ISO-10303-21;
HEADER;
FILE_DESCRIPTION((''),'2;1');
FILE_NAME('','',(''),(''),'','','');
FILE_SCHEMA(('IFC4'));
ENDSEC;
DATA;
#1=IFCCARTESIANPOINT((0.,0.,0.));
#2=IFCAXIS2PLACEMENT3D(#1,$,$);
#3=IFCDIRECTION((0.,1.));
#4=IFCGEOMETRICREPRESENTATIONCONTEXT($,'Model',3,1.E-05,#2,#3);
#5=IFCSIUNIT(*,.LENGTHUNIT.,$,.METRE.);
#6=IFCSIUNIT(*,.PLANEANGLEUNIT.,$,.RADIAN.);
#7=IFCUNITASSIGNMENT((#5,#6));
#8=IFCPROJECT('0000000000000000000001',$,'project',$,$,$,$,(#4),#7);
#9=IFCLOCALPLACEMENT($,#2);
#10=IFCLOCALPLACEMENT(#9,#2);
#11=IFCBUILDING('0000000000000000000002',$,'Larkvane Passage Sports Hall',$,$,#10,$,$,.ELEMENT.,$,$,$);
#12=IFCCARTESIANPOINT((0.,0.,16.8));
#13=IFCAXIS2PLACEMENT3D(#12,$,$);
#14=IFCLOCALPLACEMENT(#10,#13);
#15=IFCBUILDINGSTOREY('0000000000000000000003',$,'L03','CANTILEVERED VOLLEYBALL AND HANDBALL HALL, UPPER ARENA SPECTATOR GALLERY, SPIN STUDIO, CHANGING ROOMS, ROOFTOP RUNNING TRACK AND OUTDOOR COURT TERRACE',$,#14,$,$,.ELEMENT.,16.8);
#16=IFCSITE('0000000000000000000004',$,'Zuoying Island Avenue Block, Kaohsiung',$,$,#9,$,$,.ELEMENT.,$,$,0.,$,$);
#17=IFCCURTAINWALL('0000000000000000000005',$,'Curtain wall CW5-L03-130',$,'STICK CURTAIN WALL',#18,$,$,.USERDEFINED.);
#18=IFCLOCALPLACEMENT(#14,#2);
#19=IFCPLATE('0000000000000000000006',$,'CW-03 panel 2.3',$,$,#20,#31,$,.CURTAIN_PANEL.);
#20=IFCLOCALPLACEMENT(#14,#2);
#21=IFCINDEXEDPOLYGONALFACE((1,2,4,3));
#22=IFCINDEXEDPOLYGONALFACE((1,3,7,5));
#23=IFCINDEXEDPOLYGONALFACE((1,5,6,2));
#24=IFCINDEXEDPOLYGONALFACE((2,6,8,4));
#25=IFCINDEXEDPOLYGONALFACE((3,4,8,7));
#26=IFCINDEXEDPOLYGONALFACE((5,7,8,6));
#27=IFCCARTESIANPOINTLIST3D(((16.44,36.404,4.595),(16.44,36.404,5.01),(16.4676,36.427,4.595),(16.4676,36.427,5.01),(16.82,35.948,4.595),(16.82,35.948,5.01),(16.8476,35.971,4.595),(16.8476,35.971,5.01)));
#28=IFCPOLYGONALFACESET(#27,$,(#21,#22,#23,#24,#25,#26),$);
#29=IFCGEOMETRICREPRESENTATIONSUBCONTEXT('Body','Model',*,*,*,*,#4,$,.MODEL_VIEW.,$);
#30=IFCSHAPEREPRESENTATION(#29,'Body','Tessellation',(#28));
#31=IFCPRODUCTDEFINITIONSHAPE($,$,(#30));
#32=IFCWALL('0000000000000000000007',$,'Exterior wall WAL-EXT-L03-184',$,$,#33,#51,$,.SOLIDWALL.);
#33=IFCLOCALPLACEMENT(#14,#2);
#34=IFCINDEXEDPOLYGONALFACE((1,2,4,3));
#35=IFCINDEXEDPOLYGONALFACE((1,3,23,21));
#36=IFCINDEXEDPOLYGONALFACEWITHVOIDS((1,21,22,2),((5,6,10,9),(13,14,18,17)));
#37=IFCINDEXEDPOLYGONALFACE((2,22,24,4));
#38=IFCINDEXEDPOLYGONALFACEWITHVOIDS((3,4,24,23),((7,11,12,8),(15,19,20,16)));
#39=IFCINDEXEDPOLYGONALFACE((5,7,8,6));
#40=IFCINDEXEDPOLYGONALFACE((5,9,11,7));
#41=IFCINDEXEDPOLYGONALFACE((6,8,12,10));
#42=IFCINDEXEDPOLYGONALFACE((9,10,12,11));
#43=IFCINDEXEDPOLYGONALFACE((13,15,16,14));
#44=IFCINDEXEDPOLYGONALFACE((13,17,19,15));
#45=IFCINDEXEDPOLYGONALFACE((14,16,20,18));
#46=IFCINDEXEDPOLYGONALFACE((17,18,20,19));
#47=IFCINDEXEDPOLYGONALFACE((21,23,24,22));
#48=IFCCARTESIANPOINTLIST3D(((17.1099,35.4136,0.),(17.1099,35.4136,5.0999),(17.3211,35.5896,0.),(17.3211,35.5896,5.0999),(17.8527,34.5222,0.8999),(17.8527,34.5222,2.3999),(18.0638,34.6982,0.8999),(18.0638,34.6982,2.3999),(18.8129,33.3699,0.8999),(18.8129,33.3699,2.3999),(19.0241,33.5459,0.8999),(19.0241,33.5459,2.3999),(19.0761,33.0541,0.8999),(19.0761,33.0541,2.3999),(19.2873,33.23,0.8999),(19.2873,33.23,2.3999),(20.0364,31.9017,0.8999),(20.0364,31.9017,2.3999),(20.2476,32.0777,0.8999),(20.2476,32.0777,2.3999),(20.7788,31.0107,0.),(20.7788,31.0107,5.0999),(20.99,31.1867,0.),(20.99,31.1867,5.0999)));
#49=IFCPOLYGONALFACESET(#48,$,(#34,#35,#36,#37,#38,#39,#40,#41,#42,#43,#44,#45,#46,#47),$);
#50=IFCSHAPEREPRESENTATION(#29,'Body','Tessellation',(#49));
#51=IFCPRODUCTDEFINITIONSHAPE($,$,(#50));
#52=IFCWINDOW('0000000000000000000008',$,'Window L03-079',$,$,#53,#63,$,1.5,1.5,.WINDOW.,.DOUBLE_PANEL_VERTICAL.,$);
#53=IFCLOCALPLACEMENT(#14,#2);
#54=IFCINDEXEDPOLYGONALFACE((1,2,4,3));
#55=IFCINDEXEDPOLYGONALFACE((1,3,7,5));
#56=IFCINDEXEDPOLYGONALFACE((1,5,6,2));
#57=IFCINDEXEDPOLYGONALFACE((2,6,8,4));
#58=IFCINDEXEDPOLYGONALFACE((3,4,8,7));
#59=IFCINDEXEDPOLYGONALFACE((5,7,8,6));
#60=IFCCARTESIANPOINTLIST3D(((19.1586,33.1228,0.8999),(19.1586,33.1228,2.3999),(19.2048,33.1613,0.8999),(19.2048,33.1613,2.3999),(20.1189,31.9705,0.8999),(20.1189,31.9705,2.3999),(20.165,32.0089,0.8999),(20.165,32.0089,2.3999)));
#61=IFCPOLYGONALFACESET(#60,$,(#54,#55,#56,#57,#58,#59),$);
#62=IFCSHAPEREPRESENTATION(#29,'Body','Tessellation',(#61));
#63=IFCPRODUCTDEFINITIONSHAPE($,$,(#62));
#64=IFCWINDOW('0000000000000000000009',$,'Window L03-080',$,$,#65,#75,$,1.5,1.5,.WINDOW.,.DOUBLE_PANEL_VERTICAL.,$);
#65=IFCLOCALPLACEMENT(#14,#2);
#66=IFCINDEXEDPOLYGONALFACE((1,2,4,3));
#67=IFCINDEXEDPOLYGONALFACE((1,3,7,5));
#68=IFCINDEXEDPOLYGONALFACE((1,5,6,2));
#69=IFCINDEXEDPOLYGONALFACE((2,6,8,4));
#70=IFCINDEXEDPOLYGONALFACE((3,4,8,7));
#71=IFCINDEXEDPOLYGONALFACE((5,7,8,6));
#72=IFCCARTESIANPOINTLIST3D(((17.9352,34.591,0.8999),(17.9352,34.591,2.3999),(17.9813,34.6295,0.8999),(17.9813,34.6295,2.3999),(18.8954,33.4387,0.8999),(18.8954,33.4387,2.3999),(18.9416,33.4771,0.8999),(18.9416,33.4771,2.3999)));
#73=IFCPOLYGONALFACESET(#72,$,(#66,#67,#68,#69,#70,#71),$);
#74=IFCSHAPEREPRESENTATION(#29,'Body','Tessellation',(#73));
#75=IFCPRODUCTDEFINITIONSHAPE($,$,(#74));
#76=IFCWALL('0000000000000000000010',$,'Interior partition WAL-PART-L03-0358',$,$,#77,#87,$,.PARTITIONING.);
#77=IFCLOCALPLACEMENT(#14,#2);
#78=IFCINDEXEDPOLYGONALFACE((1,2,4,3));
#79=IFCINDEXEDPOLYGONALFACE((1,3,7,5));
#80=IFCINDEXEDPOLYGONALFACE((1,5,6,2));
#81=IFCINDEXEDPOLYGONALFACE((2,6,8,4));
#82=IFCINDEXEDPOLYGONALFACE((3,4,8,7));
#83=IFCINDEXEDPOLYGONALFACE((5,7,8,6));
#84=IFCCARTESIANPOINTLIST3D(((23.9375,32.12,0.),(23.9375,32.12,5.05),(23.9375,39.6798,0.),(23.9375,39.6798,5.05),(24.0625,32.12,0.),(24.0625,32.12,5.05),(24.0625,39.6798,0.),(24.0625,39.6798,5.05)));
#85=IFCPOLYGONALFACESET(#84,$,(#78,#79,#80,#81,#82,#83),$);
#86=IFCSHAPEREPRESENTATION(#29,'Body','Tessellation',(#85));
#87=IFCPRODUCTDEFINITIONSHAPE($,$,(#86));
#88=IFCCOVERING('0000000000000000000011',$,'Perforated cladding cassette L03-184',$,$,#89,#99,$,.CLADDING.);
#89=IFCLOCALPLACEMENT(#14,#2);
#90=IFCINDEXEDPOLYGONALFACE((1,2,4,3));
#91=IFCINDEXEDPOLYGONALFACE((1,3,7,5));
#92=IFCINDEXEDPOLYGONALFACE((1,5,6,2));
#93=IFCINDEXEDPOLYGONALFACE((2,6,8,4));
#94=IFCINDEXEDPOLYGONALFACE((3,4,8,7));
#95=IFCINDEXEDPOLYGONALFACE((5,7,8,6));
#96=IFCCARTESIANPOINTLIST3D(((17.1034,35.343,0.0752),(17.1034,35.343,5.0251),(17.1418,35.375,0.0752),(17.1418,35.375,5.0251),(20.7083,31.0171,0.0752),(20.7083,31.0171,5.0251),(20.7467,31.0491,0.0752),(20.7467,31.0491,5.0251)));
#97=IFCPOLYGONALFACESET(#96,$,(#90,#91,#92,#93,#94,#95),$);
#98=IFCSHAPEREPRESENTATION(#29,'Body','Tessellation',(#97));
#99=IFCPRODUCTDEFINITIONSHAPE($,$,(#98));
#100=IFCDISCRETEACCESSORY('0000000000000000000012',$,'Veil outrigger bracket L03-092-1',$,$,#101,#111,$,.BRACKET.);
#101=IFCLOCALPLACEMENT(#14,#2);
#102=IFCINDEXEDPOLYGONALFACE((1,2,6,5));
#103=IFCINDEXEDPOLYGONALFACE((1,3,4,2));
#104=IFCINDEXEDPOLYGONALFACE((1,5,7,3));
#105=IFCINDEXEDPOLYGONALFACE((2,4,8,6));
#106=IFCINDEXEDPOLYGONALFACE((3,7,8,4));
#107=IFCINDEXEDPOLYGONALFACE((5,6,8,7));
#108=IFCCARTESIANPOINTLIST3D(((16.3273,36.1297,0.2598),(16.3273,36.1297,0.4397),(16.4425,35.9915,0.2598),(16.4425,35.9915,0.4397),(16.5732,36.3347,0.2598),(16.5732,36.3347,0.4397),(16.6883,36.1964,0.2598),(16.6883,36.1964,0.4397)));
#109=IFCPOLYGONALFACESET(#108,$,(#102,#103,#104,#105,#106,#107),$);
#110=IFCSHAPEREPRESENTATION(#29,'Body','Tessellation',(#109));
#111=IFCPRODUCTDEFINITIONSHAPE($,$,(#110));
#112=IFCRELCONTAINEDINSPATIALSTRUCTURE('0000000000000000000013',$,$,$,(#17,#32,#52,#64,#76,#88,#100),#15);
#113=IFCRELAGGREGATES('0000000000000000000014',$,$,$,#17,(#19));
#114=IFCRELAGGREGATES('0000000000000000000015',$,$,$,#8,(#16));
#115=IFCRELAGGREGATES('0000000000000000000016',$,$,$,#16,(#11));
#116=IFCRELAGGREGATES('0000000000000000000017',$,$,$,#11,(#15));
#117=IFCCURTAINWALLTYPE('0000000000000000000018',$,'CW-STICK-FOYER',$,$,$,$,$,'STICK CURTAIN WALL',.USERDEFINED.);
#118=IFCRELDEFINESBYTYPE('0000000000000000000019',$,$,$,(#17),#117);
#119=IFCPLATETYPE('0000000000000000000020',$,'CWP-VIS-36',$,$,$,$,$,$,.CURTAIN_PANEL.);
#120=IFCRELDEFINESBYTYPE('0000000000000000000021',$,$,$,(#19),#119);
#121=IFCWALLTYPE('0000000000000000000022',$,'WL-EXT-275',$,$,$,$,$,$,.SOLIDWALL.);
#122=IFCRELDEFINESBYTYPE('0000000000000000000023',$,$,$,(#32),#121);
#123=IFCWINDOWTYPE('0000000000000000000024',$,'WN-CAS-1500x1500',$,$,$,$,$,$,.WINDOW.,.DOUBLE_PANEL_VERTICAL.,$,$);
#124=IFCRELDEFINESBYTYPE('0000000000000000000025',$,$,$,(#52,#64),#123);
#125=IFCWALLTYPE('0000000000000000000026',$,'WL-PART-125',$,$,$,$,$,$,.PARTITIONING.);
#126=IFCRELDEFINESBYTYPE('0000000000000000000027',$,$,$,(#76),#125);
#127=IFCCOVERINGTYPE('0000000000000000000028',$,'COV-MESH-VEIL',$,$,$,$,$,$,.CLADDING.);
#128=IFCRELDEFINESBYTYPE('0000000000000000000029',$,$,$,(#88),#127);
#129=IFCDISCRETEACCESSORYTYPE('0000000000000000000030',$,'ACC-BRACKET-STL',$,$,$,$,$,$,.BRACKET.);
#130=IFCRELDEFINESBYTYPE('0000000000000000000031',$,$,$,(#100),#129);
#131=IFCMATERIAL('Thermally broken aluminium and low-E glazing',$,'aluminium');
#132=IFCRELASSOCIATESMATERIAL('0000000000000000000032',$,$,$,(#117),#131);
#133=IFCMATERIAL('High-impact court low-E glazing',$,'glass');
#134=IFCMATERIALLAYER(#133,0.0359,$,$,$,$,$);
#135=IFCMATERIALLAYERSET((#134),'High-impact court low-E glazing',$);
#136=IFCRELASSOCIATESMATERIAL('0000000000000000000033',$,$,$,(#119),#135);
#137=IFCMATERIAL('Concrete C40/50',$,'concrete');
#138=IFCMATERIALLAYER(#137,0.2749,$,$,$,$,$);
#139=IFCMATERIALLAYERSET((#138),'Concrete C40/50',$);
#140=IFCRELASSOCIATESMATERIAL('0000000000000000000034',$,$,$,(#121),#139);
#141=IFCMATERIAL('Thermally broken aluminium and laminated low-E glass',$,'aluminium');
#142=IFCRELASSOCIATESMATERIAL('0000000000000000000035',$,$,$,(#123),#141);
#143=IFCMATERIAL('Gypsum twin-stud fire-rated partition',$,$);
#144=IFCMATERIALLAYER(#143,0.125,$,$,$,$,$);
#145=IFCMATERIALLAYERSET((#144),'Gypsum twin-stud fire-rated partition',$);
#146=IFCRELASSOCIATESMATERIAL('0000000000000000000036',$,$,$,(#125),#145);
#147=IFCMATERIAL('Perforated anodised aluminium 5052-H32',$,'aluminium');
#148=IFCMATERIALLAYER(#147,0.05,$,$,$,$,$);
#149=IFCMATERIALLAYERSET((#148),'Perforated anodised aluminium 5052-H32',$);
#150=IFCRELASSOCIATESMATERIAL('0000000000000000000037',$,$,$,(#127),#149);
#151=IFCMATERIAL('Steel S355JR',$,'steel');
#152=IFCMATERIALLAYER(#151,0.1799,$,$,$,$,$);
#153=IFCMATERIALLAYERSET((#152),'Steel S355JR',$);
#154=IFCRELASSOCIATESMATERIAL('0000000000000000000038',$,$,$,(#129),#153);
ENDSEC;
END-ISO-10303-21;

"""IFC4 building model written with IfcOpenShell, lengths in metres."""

from ifc_helpers import new_model, si_unit, direction, frame, frame_2d, origin, origin_2d, place, context, subcontext, project, spatial, rectangle, extrude, material, layer, layer_set, type_object, element, fill, aggregate, save


model = new_model("IFC4")

# Units and contexts
model_context = context("Model", 3, precision=1e-05, world=origin(), true_north=direction((0.0, 1.0)))
body_context = subcontext(model_context, "Body", "Model", "MODEL_VIEW")
ifc_project = project(units=[si_unit("LENGTHUNIT", "METRE"), si_unit("PLANEANGLEUNIT", "RADIAN")], contexts=[model_context])

# Site, building, storey
site_placement = place(None, origin())
site = spatial("IfcSite", under=ifc_project, at=site_placement, Name="Zuoying Island Avenue Block, Kaohsiung", CompositionType="ELEMENT", RefElevation=0.0)
building_placement = place(site_placement, origin())
building = spatial("IfcBuilding", under=site, at=building_placement, Name="Larkvane Passage Sports Hall", CompositionType="ELEMENT")
storey_placement = place(building_placement, frame((0.0, 0.0, 16.8)))
storey = spatial("IfcBuildingStorey", under=building, at=storey_placement, Name="L03", Description="CANTILEVERED VOLLEYBALL AND HANDBALL HALL, UPPER ARENA SPECTATOR GALLERY, SPIN STUDIO, CHANGING ROOMS, ROOFTOP RUNNING TRACK AND OUTDOOR COURT TERRACE", CompositionType="ELEMENT", Elevation=16.8)

# Curtain wall
ifc_material_1 = material(Name="Thermally broken aluminium and low-E glazing", Category="aluminium")
curtain_wall_type_1 = type_object("IfcCurtainWallType", Name="CW-STICK-FOYER", ElementType="STICK CURTAIN WALL", PredefinedType="USERDEFINED", material=ifc_material_1)
curtain_wall_1_placement = place(storey_placement, origin())
curtain_wall_1 = element("IfcCurtainWall", 1, at=curtain_wall_1_placement, inside=storey, type_object=curtain_wall_type_1, Name="Curtain wall CW5-L03-130", ObjectType="STICK CURTAIN WALL", PredefinedType="USERDEFINED")

# Plate
ifc_material_2 = material(Name="High-impact court low-E glazing", Category="glass")
ifc_layer_1 = layer(ifc_material_2, 0.0359)
ifc_layer_set_1 = layer_set([ifc_layer_1], Name="High-impact court low-E glazing")
plate_type_1 = type_object("IfcPlateType", Name="CWP-VIS-36", PredefinedType="CURTAIN_PANEL", material=ifc_layer_set_1)
plate_1_placement = place(storey_placement, frame((16.6438, 36.1875, 4.595), z_axis=(0.0, 0.0, 1.0), x_axis=(-0.640184, 0.768221, 0.0)))
plate_1 = element("IfcPlate", 2, at=plate_1_placement, type_object=plate_type_1, Name="CW-03 panel 2.3", PredefinedType="CURTAIN_PANEL", context=body_context, shape_type="SweptSolid", body=[
    extrude(rectangle(XDim=0.5935, YDim=0.0359, at=origin_2d()), origin(), (0.0, 0.0, 1.0), 0.415),
])
aggregate(curtain_wall_1, [plate_1])

# Wall, openings, windows
ifc_material_3 = material(Name="Concrete C40/50", Category="concrete")
ifc_layer_2 = layer(ifc_material_3, 0.2749)
ifc_layer_set_2 = layer_set([ifc_layer_2], Name="Concrete C40/50")
wall_type_1 = type_object("IfcWallType", Name="WL-EXT-275", PredefinedType="SOLIDWALL", material=ifc_layer_set_2)
wall_1_placement = place(storey_placement, frame((20.8845, 31.0986, 0.0), z_axis=(0.0, 0.0, 1.0), x_axis=(-0.640176, 0.768228, 0.0)))
wall_1 = element("IfcWall", 3, at=wall_1_placement, inside=storey, type_object=wall_type_1, Name="Exterior wall WAL-EXT-L03-184", PredefinedType="SOLIDWALL", context=body_context, shape_type="SweptSolid", body=[
    extrude(rectangle(XDim=5.7312, YDim=0.2749, at=frame_2d((2.8657, 0.0))), origin(), (0.0, 0.0, 1.0), 5.0999),
])
opening_1_placement = place(wall_1_placement, frame((1.1599, 0.0, 0.8999)))
opening_1 = element("IfcOpeningElement", 4, at=opening_1_placement, cuts=wall_1, PredefinedType="OPENING", context=body_context, shape_type="SweptSolid", body=[
    extrude(rectangle(XDim=1.5, YDim=1.5, at=frame_2d((0.75, 0.75))), frame((0.0, 0.1475, 0.0), z_axis=(0.0, -1.0, 0.0), x_axis=(1.0, 0.0, 0.0)), (0.0, 0.0, 1.0), 0.2949),
])
opening_2_placement = place(wall_1_placement, frame((3.071, 0.0, 0.8999)))
opening_2 = element("IfcOpeningElement", 5, at=opening_2_placement, cuts=wall_1, PredefinedType="OPENING", context=body_context, shape_type="SweptSolid", body=[
    extrude(rectangle(XDim=1.5, YDim=1.5, at=frame_2d((0.75, 0.75))), frame((0.0, 0.1475, 0.0), z_axis=(0.0, -1.0, 0.0), x_axis=(1.0, 0.0, 0.0)), (0.0, 0.0, 1.0), 0.2949),
])
ifc_material_4 = material(Name="Thermally broken aluminium and laminated low-E glass", Category="aluminium")
window_type = type_object("IfcWindowType", Name="WN-CAS-1500x1500", PartitioningType="DOUBLE_PANEL_VERTICAL", PredefinedType="WINDOW", material=ifc_material_4)
window_1_placement = place(opening_1_placement, origin())
window_1 = element("IfcWindow", 6, at=window_1_placement, inside=storey, type_object=window_type, Name="Window L03-079", OverallHeight=1.5, OverallWidth=1.5, PartitioningType="DOUBLE_PANEL_VERTICAL", PredefinedType="WINDOW", context=body_context, shape_type="SweptSolid", body=[
    extrude(rectangle(XDim=1.5, YDim=1.5, at=frame_2d((0.75, 0.75))), frame((0.0, 0.03, 0.0), z_axis=(0.0, -1.0, 0.0), x_axis=(1.0, 0.0, 0.0)), (0.0, 0.0, 1.0), 0.0601),
])
fill(opening_1, window_1)
window_2_placement = place(opening_2_placement, origin())
window_2 = element("IfcWindow", 7, at=window_2_placement, inside=storey, type_object=window_type, Name="Window L03-080", OverallHeight=1.5, OverallWidth=1.5, PartitioningType="DOUBLE_PANEL_VERTICAL", PredefinedType="WINDOW", context=body_context, shape_type="SweptSolid", body=[
    extrude(rectangle(XDim=1.5, YDim=1.5, at=frame_2d((0.75, 0.75))), frame((0.0, 0.03, 0.0), z_axis=(0.0, -1.0, 0.0), x_axis=(1.0, 0.0, 0.0)), (0.0, 0.0, 1.0), 0.0601),
])
fill(opening_2, window_2)

# Wall
ifc_material_5 = material(Name="Gypsum twin-stud fire-rated partition")
ifc_layer_3 = layer(ifc_material_5, 0.125)
ifc_layer_set_3 = layer_set([ifc_layer_3], Name="Gypsum twin-stud fire-rated partition")
wall_type_2 = type_object("IfcWallType", Name="WL-PART-125", PredefinedType="PARTITIONING", material=ifc_layer_set_3)
wall_2_placement = place(storey_placement, frame((24.0, 32.1201, 0.0), z_axis=(0.0, 0.0, 1.0), x_axis=(0.0, 1.0, 0.0)))
element("IfcWall", 8, at=wall_2_placement, inside=storey, type_object=wall_type_2, Name="Interior partition WAL-PART-L03-0358", PredefinedType="PARTITIONING", context=body_context, shape_type="SweptSolid", body=[
    extrude(rectangle(XDim=7.5598, YDim=0.125, at=frame_2d((3.7798, 0.0))), origin(), (0.0, 0.0, 1.0), 5.05),
])

# Covering
ifc_material_6 = material(Name="Perforated anodised aluminium 5052-H32", Category="aluminium")
ifc_layer_4 = layer(ifc_material_6, 0.05)
ifc_layer_set_4 = layer_set([ifc_layer_4], Name="Perforated anodised aluminium 5052-H32")
covering_type = type_object("IfcCoveringType", Name="COV-MESH-VEIL", PredefinedType="CLADDING", material=ifc_layer_set_4)
covering_placement = place(storey_placement, frame((18.925, 33.196, 0.0752), z_axis=(0.0, 0.0, 1.0), x_axis=(-0.640184, 0.768221, 0.0)))
element("IfcCovering", 9, at=covering_placement, inside=storey, type_object=covering_type, Name="Perforated cladding cassette L03-184", PredefinedType="CLADDING", context=body_context, shape_type="SweptSolid", body=[
    extrude(rectangle(XDim=5.6311, YDim=0.05, at=origin_2d()), origin(), (0.0, 0.0, 1.0), 4.95),
])

# Discrete accessory
ifc_material_7 = material(Name="Steel S355JR", Category="steel")
ifc_layer_5 = layer(ifc_material_7, 0.1799)
ifc_layer_set_5 = layer_set([ifc_layer_5], Name="Steel S355JR")
discrete_accessory_type = type_object("IfcDiscreteAccessoryType", Name="ACC-BRACKET-STL", PredefinedType="BRACKET", material=ifc_layer_set_5)
discrete_accessory_placement = place(storey_placement, frame((16.5078, 36.1631, 0.2598), z_axis=(0.0, 0.0, 1.0), x_axis=(-0.640184, 0.768221, 0.0)))
element("IfcDiscreteAccessory", 10, at=discrete_accessory_placement, inside=storey, type_object=discrete_accessory_type, Name="Veil outrigger bracket L03-092-1", PredefinedType="BRACKET", context=body_context, shape_type="SweptSolid", body=[
    extrude(rectangle(XDim=0.1799, YDim=0.3201, at=origin_2d()), origin(), (0.0, 0.0, 1.0), 0.1799),
])

save(model, "model.ifc")
